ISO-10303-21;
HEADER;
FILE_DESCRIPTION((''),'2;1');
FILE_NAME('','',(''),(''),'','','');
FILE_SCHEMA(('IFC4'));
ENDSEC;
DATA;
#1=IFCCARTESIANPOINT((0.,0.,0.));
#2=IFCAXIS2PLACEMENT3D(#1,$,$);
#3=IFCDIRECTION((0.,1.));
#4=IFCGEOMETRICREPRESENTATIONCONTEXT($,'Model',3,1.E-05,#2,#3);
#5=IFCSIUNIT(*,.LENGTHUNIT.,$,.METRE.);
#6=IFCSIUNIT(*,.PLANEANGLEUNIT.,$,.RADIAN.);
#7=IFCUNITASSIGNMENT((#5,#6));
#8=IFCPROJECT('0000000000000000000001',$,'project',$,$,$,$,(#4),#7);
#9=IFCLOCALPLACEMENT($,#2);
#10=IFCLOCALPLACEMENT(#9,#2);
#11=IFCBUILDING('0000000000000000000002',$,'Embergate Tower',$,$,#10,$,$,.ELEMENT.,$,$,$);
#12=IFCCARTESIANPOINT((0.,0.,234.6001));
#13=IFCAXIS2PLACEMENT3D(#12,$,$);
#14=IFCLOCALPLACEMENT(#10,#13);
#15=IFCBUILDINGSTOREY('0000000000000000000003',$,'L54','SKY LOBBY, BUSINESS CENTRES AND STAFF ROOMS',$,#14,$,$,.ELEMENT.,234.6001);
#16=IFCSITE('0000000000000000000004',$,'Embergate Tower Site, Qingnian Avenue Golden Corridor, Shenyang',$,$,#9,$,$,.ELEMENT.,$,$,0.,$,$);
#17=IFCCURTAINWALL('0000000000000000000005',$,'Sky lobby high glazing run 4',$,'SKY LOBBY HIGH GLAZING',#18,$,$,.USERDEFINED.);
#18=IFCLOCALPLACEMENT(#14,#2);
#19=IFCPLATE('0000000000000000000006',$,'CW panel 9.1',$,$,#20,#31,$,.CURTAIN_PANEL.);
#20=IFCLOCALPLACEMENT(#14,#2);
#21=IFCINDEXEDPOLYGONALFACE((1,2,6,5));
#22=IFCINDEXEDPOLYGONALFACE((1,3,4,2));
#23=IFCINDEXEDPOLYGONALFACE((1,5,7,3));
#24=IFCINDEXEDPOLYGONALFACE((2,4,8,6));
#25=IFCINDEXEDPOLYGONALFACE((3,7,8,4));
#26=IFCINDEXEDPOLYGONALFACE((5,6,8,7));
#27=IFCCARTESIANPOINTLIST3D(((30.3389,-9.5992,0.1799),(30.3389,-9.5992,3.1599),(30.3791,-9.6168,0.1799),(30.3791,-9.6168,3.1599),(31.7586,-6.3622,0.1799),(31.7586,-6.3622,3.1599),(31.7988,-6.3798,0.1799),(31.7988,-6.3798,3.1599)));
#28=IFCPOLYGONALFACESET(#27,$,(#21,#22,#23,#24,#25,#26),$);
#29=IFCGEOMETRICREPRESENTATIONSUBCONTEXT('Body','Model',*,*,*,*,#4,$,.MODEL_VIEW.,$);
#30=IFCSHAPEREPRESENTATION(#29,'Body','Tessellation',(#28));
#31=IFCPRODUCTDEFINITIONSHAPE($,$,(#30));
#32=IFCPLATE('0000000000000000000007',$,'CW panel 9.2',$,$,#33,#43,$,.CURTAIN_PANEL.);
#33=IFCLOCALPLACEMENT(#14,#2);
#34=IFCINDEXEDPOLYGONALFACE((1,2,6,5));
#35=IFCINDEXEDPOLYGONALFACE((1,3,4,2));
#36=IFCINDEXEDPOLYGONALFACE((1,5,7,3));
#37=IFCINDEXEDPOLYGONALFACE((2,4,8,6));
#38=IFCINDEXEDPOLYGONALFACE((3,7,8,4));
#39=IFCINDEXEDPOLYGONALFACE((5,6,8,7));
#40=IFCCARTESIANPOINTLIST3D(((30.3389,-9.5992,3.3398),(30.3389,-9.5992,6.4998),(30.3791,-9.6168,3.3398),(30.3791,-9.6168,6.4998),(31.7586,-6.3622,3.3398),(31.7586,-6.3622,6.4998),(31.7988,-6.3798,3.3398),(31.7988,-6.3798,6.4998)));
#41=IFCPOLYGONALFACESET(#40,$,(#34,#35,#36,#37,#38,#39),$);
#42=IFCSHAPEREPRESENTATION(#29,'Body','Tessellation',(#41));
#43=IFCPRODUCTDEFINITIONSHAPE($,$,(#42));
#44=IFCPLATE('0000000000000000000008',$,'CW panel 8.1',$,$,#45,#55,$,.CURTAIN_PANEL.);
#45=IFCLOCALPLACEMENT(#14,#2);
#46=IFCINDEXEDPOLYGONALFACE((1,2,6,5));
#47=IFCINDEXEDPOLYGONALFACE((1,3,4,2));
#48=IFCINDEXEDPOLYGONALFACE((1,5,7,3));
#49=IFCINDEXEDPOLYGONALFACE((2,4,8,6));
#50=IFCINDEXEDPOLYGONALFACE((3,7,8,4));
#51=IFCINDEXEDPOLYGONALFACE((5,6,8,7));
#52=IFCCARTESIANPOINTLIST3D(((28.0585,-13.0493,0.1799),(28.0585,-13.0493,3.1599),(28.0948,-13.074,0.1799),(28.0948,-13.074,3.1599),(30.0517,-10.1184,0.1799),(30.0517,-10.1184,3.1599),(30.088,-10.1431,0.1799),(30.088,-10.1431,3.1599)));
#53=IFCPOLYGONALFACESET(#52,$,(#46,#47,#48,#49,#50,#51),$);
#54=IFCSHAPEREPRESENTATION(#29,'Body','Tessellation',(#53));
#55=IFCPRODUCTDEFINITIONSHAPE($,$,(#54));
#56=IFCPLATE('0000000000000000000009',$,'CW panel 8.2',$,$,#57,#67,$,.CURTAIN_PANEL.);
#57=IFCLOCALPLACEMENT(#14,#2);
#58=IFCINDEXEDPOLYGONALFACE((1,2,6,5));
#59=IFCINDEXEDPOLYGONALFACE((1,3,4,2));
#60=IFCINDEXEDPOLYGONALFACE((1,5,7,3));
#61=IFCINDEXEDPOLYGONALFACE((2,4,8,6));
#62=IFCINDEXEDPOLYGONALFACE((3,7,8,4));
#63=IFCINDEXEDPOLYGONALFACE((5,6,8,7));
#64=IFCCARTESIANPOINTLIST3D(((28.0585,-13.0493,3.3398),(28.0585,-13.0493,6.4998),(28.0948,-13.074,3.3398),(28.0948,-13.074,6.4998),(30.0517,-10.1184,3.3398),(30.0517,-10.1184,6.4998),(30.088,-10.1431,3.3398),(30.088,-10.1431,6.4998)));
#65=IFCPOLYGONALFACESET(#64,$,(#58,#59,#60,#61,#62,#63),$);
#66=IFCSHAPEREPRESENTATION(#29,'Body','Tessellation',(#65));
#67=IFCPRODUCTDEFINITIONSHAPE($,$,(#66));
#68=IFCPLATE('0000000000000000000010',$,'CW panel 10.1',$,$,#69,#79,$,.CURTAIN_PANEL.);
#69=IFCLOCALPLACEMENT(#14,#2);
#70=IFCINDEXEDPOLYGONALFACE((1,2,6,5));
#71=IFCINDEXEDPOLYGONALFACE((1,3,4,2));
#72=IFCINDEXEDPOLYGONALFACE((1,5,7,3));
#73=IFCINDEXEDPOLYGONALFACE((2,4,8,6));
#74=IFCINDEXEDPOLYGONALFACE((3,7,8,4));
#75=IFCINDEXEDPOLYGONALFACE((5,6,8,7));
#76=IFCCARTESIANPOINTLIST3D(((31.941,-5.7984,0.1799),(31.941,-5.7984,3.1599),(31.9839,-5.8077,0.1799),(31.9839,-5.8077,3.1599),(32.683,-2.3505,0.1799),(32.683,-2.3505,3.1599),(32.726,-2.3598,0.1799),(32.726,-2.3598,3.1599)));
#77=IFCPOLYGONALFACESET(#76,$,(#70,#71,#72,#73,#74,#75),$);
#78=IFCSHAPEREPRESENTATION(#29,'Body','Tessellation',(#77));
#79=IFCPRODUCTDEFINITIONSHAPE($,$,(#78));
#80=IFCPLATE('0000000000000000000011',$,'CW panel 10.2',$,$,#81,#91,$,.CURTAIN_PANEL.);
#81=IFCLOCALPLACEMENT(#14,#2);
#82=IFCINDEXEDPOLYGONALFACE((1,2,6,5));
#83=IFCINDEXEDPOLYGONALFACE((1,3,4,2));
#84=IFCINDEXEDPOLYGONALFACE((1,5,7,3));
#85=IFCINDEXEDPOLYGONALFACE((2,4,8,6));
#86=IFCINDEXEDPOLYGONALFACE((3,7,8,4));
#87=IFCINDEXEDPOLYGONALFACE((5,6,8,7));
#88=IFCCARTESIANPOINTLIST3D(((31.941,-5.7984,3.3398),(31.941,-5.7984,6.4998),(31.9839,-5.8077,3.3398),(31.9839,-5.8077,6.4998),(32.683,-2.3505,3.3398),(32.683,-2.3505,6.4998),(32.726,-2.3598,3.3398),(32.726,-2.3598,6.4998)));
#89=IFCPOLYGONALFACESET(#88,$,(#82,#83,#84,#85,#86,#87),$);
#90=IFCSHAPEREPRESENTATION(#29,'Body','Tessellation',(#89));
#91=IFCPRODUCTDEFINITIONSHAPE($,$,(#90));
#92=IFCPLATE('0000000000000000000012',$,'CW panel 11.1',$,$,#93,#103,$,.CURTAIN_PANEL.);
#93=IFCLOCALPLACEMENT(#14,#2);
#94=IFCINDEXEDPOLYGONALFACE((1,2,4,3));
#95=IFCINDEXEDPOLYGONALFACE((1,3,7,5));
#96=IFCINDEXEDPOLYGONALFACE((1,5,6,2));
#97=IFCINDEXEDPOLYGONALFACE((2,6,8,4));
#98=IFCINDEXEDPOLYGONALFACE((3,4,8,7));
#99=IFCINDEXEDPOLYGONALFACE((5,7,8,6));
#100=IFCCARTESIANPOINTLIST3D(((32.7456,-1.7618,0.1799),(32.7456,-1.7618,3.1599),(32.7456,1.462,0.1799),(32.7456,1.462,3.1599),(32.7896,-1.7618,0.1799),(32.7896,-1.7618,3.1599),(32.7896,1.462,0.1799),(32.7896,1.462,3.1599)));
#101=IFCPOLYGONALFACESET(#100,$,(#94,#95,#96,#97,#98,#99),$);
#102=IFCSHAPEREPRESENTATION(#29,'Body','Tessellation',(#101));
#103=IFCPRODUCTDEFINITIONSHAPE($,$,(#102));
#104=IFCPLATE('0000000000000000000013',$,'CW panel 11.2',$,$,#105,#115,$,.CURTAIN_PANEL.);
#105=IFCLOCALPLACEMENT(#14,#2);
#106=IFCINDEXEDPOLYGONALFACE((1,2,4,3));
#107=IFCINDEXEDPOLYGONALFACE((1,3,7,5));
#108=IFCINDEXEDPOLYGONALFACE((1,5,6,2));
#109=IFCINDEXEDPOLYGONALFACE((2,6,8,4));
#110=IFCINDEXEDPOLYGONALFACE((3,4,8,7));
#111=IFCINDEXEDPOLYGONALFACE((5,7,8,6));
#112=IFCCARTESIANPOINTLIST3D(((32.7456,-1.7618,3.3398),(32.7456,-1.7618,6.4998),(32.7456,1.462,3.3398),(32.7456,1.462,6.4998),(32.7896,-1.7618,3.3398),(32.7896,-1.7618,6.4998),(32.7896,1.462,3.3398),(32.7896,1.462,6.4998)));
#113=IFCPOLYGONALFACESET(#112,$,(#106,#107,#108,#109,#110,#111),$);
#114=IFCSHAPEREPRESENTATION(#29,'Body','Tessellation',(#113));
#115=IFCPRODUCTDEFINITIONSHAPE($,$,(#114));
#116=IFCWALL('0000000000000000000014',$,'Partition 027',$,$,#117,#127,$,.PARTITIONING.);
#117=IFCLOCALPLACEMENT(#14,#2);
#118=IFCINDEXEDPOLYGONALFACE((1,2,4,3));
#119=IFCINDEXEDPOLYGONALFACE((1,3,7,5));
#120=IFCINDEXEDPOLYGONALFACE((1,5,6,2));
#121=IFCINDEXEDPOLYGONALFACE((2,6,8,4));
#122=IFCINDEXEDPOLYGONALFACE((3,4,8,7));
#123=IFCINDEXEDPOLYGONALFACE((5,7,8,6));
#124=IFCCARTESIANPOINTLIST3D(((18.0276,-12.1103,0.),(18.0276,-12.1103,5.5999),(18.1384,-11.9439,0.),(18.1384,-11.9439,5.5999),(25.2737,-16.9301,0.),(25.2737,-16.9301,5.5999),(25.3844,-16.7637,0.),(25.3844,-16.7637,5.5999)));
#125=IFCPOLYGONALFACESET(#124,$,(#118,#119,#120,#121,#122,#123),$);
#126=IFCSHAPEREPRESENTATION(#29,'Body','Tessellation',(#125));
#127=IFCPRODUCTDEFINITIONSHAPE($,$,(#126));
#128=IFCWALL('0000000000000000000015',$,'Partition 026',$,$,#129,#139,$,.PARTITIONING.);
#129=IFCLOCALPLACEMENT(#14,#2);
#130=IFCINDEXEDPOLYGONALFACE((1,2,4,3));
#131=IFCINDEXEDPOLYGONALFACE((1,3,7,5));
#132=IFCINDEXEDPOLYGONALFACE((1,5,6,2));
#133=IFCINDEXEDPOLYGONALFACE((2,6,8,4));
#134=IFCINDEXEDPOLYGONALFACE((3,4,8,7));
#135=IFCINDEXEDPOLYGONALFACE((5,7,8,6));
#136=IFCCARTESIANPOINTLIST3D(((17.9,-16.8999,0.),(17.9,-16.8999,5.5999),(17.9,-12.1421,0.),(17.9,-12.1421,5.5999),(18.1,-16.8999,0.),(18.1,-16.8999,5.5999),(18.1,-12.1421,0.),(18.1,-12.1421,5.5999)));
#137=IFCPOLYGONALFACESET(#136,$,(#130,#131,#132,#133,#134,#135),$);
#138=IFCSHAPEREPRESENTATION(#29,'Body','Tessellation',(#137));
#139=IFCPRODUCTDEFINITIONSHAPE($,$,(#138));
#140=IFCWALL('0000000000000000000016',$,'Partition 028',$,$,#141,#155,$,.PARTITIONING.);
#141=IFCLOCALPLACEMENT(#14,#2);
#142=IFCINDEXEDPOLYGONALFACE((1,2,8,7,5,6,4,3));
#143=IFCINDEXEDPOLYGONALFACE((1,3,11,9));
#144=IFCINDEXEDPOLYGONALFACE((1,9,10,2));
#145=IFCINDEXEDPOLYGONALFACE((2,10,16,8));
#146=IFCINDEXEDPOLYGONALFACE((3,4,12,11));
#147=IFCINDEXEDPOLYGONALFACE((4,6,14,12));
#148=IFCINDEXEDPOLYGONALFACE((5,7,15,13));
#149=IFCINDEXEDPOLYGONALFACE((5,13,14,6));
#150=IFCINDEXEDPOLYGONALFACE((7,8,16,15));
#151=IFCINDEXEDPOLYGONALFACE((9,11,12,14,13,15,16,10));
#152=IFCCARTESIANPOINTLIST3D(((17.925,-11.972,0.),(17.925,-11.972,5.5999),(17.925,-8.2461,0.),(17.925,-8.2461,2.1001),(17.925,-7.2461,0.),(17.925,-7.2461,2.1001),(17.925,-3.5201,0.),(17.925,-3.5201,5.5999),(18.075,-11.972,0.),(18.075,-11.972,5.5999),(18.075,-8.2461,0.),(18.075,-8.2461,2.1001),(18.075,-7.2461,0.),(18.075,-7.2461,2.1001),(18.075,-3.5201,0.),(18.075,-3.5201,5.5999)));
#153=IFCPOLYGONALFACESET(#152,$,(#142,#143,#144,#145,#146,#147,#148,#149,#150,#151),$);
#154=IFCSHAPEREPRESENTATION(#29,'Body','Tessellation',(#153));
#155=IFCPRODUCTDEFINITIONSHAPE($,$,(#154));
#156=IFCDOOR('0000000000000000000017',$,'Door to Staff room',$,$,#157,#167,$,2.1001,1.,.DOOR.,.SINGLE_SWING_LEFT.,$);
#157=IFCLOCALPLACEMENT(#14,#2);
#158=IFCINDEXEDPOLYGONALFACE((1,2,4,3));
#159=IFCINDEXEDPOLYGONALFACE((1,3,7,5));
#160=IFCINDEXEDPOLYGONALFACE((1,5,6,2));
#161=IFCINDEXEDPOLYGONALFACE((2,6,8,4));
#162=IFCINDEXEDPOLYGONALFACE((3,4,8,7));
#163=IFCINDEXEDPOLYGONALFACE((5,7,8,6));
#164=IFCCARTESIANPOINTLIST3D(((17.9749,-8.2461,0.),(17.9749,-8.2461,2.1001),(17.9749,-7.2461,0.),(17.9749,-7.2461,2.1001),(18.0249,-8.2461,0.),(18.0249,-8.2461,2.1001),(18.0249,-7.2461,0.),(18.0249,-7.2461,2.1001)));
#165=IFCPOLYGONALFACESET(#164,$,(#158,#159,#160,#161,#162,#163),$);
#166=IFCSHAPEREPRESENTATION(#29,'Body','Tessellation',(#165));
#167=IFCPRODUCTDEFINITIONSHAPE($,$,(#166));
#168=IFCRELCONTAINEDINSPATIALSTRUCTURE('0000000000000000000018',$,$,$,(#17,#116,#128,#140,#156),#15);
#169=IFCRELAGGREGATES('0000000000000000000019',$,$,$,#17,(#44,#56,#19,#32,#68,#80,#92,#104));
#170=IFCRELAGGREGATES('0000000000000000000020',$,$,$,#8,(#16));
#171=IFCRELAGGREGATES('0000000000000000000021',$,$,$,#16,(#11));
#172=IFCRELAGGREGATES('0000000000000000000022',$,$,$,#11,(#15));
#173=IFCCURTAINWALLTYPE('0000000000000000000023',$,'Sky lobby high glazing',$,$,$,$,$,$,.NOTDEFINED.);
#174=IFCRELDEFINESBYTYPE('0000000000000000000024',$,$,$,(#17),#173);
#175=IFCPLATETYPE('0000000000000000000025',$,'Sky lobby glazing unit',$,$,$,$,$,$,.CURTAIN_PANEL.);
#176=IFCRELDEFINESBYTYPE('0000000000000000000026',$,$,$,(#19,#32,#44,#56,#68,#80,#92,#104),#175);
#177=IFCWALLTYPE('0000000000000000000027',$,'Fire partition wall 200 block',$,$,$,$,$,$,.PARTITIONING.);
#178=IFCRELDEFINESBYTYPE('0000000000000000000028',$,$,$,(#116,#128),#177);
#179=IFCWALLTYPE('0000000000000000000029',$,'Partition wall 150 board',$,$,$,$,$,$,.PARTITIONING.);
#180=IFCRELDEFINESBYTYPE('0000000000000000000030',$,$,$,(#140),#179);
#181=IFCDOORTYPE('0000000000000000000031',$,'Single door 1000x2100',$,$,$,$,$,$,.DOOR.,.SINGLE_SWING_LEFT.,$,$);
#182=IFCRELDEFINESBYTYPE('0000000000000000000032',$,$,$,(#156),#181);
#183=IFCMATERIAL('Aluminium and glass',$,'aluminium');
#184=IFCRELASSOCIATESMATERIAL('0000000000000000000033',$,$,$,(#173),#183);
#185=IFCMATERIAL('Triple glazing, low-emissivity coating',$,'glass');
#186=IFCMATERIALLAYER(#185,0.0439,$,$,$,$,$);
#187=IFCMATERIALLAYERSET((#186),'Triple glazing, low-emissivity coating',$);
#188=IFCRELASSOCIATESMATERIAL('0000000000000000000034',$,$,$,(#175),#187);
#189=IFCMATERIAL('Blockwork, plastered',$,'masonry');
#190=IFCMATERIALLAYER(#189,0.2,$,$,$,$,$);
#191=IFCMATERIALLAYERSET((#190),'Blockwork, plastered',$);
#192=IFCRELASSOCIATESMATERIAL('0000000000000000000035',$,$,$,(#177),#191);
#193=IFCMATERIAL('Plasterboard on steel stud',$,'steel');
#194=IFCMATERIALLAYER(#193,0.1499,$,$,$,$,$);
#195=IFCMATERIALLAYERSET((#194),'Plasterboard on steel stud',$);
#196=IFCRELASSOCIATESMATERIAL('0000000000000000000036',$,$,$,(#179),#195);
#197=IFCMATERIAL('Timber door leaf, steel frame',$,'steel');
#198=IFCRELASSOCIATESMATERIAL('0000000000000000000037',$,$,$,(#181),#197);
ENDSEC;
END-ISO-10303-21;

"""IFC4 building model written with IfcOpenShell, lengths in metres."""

from ifc_helpers import new_model, si_unit, direction, frame, frame_2d, origin, origin_2d, place, context, subcontext, project, spatial, rectangle, extrude, source, transform, mapped, material, layer, layer_set, type_object, element, fill, aggregate, save


model = new_model("IFC4")

# Units and contexts
model_context = context("Model", 3, precision=1e-05, world=origin(), true_north=direction((0.0, 1.0)))
body_context = subcontext(model_context, "Body", "Model", "MODEL_VIEW")
ifc_project = project(units=[si_unit("LENGTHUNIT", "METRE"), si_unit("PLANEANGLEUNIT", "RADIAN")], contexts=[model_context])

# Site, building, storey
site_placement = place(None, origin())
site = spatial("IfcSite", under=ifc_project, at=site_placement, Name="Embergate Tower Site, Qingnian Avenue Golden Corridor, Shenyang", CompositionType="ELEMENT", RefElevation=0.0)
building_placement = place(site_placement, origin())
building = spatial("IfcBuilding", under=site, at=building_placement, Name="Embergate Tower", CompositionType="ELEMENT")
storey_placement = place(building_placement, frame((0.0, 0.0, 234.6001)))
storey = spatial("IfcBuildingStorey", under=building, at=storey_placement, Name="L54", Description="SKY LOBBY, BUSINESS CENTRES AND STAFF ROOMS", CompositionType="ELEMENT", Elevation=234.6001)

# Curtain wall, plates
ifc_material_1 = material(Name="Aluminium and glass", Category="aluminium")
curtain_wall_type = type_object("IfcCurtainWallType", Name="Sky lobby high glazing", PredefinedType="NOTDEFINED", material=ifc_material_1)
curtain_wall_placement = place(storey_placement, origin())
curtain_wall = element("IfcCurtainWall", 1, at=curtain_wall_placement, inside=storey, type_object=curtain_wall_type, Name="Sky lobby high glazing run 4", ObjectType="SKY LOBBY HIGH GLAZING", PredefinedType="USERDEFINED")
ifc_material_2 = material(Name="Triple glazing, low-emissivity coating", Category="glass")
ifc_layer_1 = layer(ifc_material_2, 0.0439)
ifc_layer_set_1 = layer_set([ifc_layer_1], Name="Triple glazing, low-emissivity coating")
plate_type = type_object("IfcPlateType", Name="Sky lobby glazing unit", PredefinedType="CURTAIN_PANEL", material=ifc_layer_set_1)
shared_shape_1 = source(origin(), body_context, "Body", "SweptSolid", [
    extrude(rectangle(XDim=3.5347, YDim=0.0439, at=origin_2d()), origin(), (0.0, 0.0, 1.0), 2.98),
])
plate_1_placement = place(storey_placement, frame((31.0688, -7.9895, 0.1799), z_axis=(0.0, 0.0, 1.0), x_axis=(0.401657, 0.91579, 0.0)))
plate_1 = element("IfcPlate", 2, at=plate_1_placement, type_object=plate_type, Name="CW panel 9.1", PredefinedType="CURTAIN_PANEL", context=body_context, shape_type="MappedRepresentation", body=[
    mapped(shared_shape_1, transform((0.0, 0.0, 0.0))),
])
shared_shape_2 = source(origin(), body_context, "Body", "SweptSolid", [
    extrude(rectangle(XDim=3.5347, YDim=0.0439, at=origin_2d()), origin(), (0.0, 0.0, 1.0), 3.1599),
])
plate_2_placement = place(storey_placement, frame((31.0688, -7.9895, 3.3398), z_axis=(0.0, 0.0, 1.0), x_axis=(0.401657, 0.91579, 0.0)))
plate_2 = element("IfcPlate", 3, at=plate_2_placement, type_object=plate_type, Name="CW panel 9.2", PredefinedType="CURTAIN_PANEL", context=body_context, shape_type="MappedRepresentation", body=[
    mapped(shared_shape_2, transform((0.0, 0.0, 0.0))),
])
shared_shape_3 = source(origin(), body_context, "Body", "SweptSolid", [
    extrude(rectangle(XDim=3.5444, YDim=0.0439, at=origin_2d()), origin(), (0.0, 0.0, 1.0), 2.98),
])
plate_3_placement = place(storey_placement, frame((29.0732, -11.5962, 0.1799), z_axis=(0.0, 0.0, 1.0), x_axis=(0.562346, 0.826902, 0.0)))
plate_3 = element("IfcPlate", 4, at=plate_3_placement, type_object=plate_type, Name="CW panel 8.1", PredefinedType="CURTAIN_PANEL", context=body_context, shape_type="MappedRepresentation", body=[
    mapped(shared_shape_3, transform((0.0, 0.0, 0.0))),
])
shared_shape_4 = source(origin(), body_context, "Body", "SweptSolid", [
    extrude(rectangle(XDim=3.5444, YDim=0.0439, at=origin_2d()), origin(), (0.0, 0.0, 1.0), 3.1599),
])
plate_4_placement = place(storey_placement, frame((29.0732, -11.5962, 3.3398), z_axis=(0.0, 0.0, 1.0), x_axis=(0.562346, 0.826902, 0.0)))
plate_4 = element("IfcPlate", 5, at=plate_4_placement, type_object=plate_type, Name="CW panel 8.2", PredefinedType="CURTAIN_PANEL", context=body_context, shape_type="MappedRepresentation", body=[
    mapped(shared_shape_4, transform((0.0, 0.0, 0.0))),
])
shared_shape_5 = source(origin(), body_context, "Body", "SweptSolid", [
    extrude(rectangle(XDim=3.5269, YDim=0.0439, at=origin_2d()), origin(), (0.0, 0.0, 1.0), 2.98),
])
plate_5_placement = place(storey_placement, frame((32.3335, -4.0791, 0.1799), z_axis=(0.0, 0.0, 1.0), x_axis=(0.210402, 0.977615, 0.0)))
plate_5 = element("IfcPlate", 6, at=plate_5_placement, type_object=plate_type, Name="CW panel 10.1", PredefinedType="CURTAIN_PANEL", context=body_context, shape_type="MappedRepresentation", body=[
    mapped(shared_shape_5, transform((0.0, 0.0, 0.0))),
])
shared_shape_6 = source(origin(), body_context, "Body", "SweptSolid", [
    extrude(rectangle(XDim=3.5269, YDim=0.0439, at=origin_2d()), origin(), (0.0, 0.0, 1.0), 3.1599),
])
plate_6_placement = place(storey_placement, frame((32.3335, -4.0791, 3.3398), z_axis=(0.0, 0.0, 1.0), x_axis=(0.210402, 0.977615, 0.0)))
plate_6 = element("IfcPlate", 7, at=plate_6_placement, type_object=plate_type, Name="CW panel 10.2", PredefinedType="CURTAIN_PANEL", context=body_context, shape_type="MappedRepresentation", body=[
    mapped(shared_shape_6, transform((0.0, 0.0, 0.0))),
])
shared_shape_7 = source(origin(), body_context, "Body", "SweptSolid", [
    extrude(rectangle(XDim=3.2239, YDim=0.0439, at=origin_2d()), origin(), (0.0, 0.0, 1.0), 2.98),
])
plate_7_placement = place(storey_placement, frame((32.7676, -0.1499, 0.1799), z_axis=(0.0, 0.0, 1.0), x_axis=(0.0, 1.0, 0.0)))
plate_7 = element("IfcPlate", 8, at=plate_7_placement, type_object=plate_type, Name="CW panel 11.1", PredefinedType="CURTAIN_PANEL", context=body_context, shape_type="MappedRepresentation", body=[
    mapped(shared_shape_7, transform((0.0, 0.0, 0.0))),
])
shared_shape_8 = source(origin(), body_context, "Body", "SweptSolid", [
    extrude(rectangle(XDim=3.2239, YDim=0.0439, at=origin_2d()), origin(), (0.0, 0.0, 1.0), 3.1599),
])
plate_8_placement = place(storey_placement, frame((32.7676, -0.1499, 3.3398), z_axis=(0.0, 0.0, 1.0), x_axis=(0.0, 1.0, 0.0)))
plate_8 = element("IfcPlate", 9, at=plate_8_placement, type_object=plate_type, Name="CW panel 11.2", PredefinedType="CURTAIN_PANEL", context=body_context, shape_type="MappedRepresentation", body=[
    mapped(shared_shape_8, transform((0.0, 0.0, 0.0))),
])
aggregate(curtain_wall, [plate_3, plate_4, plate_1, plate_2, plate_5, plate_6, plate_7, plate_8])

# Walls
ifc_material_3 = material(Name="Blockwork, plastered", Category="masonry")
ifc_layer_2 = layer(ifc_material_3, 0.2)
ifc_layer_set_2 = layer_set([ifc_layer_2], Name="Blockwork, plastered")
wall_type_1 = type_object("IfcWallType", Name="Fire partition wall 200 block", PredefinedType="PARTITIONING", material=ifc_layer_set_2)
shared_shape_9 = source(origin(), body_context, "Body", "SweptSolid", [
    extrude(rectangle(XDim=8.7026, YDim=0.2, at=frame_2d((4.3513, 0.0))), origin(), (0.0, 0.0, 1.0), 5.5999),
])
wall_1_placement = place(storey_placement, frame((18.083, -12.0271, 0.0), z_axis=(0.0, 0.0, 1.0), x_axis=(0.832628, -0.553832, 0.0)))
element("IfcWall", 10, at=wall_1_placement, inside=storey, type_object=wall_type_1, Name="Partition 027", PredefinedType="PARTITIONING", context=body_context, shape_type="MappedRepresentation", body=[
    mapped(shared_shape_9, transform((0.0, 0.0, 0.0))),
])
shared_shape_10 = source(origin(), body_context, "Body", "SweptSolid", [
    extrude(rectangle(XDim=4.7578, YDim=0.2, at=frame_2d((2.3789, 0.0))), origin(), (0.0, 0.0, 1.0), 5.5999),
])
wall_2_placement = place(storey_placement, frame((18.0, -12.1421, 0.0), z_axis=(0.0, 0.0, 1.0), x_axis=(0.0, -1.0, 0.0)))
element("IfcWall", 11, at=wall_2_placement, inside=storey, type_object=wall_type_1, Name="Partition 026", PredefinedType="PARTITIONING", context=body_context, shape_type="MappedRepresentation", body=[
    mapped(shared_shape_10, transform((0.0, 0.0, 0.0))),
])

# Wall, opening, door
ifc_material_4 = material(Name="Plasterboard on steel stud", Category="steel")
ifc_layer_3 = layer(ifc_material_4, 0.1499)
ifc_layer_set_3 = layer_set([ifc_layer_3], Name="Plasterboard on steel stud")
wall_type_2 = type_object("IfcWallType", Name="Partition wall 150 board", PredefinedType="PARTITIONING", material=ifc_layer_set_3)
shared_shape_11 = source(origin(), body_context, "Body", "SweptSolid", [
    extrude(rectangle(XDim=8.4519, YDim=0.1499, at=frame_2d((4.2261, 0.0))), origin(), (0.0, 0.0, 1.0), 5.5999),
])
wall_3_placement = place(storey_placement, frame((18.0, -3.52, 0.0), z_axis=(0.0, 0.0, 1.0), x_axis=(0.0, -1.0, 0.0)))
wall_3 = element("IfcWall", 12, at=wall_3_placement, inside=storey, type_object=wall_type_2, Name="Partition 028", PredefinedType="PARTITIONING", context=body_context, shape_type="MappedRepresentation", body=[
    mapped(shared_shape_11, transform((0.0, 0.0, 0.0))),
])
shared_shape_12 = source(origin(), body_context, "Body", "SweptSolid", [
    extrude(rectangle(XDim=1.0, YDim=2.1001, at=frame_2d((0.5, 1.05))), frame((0.0, 0.085, 0.0), z_axis=(0.0, -1.0, 0.0), x_axis=(1.0, 0.0, 0.0)), (0.0, 0.0, 1.0), 0.1699),
])
opening_placement = place(wall_3_placement, frame((3.7261, 0.0, 0.0)))
opening = element("IfcOpeningElement", 13, at=opening_placement, cuts=wall_3, PredefinedType="OPENING", context=body_context, shape_type="MappedRepresentation", body=[
    mapped(shared_shape_12, transform((0.0, 0.0, 0.0))),
])
ifc_material_5 = material(Name="Timber door leaf, steel frame", Category="steel")
door_type = type_object("IfcDoorType", Name="Single door 1000x2100", OperationType="SINGLE_SWING_LEFT", PredefinedType="DOOR", material=ifc_material_5)
shared_shape_13 = source(origin(), body_context, "Body", "SweptSolid", [
    extrude(rectangle(XDim=1.0, YDim=2.1001, at=frame_2d((0.5, 1.05))), frame((0.0, 0.0249, 0.0), z_axis=(0.0, -1.0, 0.0), x_axis=(1.0, 0.0, 0.0)), (0.0, 0.0, 1.0), 0.05),
])
door_placement = place(opening_placement, origin())
door = element("IfcDoor", 14, at=door_placement, inside=storey, type_object=door_type, Name="Door to Staff room", OperationType="SINGLE_SWING_LEFT", OverallHeight=2.1001, OverallWidth=1.0, PredefinedType="DOOR", context=body_context, shape_type="MappedRepresentation", body=[
    mapped(shared_shape_13, transform((0.0, 0.0, 0.0))),
])
fill(opening, door)

save(model, "model.ifc")
